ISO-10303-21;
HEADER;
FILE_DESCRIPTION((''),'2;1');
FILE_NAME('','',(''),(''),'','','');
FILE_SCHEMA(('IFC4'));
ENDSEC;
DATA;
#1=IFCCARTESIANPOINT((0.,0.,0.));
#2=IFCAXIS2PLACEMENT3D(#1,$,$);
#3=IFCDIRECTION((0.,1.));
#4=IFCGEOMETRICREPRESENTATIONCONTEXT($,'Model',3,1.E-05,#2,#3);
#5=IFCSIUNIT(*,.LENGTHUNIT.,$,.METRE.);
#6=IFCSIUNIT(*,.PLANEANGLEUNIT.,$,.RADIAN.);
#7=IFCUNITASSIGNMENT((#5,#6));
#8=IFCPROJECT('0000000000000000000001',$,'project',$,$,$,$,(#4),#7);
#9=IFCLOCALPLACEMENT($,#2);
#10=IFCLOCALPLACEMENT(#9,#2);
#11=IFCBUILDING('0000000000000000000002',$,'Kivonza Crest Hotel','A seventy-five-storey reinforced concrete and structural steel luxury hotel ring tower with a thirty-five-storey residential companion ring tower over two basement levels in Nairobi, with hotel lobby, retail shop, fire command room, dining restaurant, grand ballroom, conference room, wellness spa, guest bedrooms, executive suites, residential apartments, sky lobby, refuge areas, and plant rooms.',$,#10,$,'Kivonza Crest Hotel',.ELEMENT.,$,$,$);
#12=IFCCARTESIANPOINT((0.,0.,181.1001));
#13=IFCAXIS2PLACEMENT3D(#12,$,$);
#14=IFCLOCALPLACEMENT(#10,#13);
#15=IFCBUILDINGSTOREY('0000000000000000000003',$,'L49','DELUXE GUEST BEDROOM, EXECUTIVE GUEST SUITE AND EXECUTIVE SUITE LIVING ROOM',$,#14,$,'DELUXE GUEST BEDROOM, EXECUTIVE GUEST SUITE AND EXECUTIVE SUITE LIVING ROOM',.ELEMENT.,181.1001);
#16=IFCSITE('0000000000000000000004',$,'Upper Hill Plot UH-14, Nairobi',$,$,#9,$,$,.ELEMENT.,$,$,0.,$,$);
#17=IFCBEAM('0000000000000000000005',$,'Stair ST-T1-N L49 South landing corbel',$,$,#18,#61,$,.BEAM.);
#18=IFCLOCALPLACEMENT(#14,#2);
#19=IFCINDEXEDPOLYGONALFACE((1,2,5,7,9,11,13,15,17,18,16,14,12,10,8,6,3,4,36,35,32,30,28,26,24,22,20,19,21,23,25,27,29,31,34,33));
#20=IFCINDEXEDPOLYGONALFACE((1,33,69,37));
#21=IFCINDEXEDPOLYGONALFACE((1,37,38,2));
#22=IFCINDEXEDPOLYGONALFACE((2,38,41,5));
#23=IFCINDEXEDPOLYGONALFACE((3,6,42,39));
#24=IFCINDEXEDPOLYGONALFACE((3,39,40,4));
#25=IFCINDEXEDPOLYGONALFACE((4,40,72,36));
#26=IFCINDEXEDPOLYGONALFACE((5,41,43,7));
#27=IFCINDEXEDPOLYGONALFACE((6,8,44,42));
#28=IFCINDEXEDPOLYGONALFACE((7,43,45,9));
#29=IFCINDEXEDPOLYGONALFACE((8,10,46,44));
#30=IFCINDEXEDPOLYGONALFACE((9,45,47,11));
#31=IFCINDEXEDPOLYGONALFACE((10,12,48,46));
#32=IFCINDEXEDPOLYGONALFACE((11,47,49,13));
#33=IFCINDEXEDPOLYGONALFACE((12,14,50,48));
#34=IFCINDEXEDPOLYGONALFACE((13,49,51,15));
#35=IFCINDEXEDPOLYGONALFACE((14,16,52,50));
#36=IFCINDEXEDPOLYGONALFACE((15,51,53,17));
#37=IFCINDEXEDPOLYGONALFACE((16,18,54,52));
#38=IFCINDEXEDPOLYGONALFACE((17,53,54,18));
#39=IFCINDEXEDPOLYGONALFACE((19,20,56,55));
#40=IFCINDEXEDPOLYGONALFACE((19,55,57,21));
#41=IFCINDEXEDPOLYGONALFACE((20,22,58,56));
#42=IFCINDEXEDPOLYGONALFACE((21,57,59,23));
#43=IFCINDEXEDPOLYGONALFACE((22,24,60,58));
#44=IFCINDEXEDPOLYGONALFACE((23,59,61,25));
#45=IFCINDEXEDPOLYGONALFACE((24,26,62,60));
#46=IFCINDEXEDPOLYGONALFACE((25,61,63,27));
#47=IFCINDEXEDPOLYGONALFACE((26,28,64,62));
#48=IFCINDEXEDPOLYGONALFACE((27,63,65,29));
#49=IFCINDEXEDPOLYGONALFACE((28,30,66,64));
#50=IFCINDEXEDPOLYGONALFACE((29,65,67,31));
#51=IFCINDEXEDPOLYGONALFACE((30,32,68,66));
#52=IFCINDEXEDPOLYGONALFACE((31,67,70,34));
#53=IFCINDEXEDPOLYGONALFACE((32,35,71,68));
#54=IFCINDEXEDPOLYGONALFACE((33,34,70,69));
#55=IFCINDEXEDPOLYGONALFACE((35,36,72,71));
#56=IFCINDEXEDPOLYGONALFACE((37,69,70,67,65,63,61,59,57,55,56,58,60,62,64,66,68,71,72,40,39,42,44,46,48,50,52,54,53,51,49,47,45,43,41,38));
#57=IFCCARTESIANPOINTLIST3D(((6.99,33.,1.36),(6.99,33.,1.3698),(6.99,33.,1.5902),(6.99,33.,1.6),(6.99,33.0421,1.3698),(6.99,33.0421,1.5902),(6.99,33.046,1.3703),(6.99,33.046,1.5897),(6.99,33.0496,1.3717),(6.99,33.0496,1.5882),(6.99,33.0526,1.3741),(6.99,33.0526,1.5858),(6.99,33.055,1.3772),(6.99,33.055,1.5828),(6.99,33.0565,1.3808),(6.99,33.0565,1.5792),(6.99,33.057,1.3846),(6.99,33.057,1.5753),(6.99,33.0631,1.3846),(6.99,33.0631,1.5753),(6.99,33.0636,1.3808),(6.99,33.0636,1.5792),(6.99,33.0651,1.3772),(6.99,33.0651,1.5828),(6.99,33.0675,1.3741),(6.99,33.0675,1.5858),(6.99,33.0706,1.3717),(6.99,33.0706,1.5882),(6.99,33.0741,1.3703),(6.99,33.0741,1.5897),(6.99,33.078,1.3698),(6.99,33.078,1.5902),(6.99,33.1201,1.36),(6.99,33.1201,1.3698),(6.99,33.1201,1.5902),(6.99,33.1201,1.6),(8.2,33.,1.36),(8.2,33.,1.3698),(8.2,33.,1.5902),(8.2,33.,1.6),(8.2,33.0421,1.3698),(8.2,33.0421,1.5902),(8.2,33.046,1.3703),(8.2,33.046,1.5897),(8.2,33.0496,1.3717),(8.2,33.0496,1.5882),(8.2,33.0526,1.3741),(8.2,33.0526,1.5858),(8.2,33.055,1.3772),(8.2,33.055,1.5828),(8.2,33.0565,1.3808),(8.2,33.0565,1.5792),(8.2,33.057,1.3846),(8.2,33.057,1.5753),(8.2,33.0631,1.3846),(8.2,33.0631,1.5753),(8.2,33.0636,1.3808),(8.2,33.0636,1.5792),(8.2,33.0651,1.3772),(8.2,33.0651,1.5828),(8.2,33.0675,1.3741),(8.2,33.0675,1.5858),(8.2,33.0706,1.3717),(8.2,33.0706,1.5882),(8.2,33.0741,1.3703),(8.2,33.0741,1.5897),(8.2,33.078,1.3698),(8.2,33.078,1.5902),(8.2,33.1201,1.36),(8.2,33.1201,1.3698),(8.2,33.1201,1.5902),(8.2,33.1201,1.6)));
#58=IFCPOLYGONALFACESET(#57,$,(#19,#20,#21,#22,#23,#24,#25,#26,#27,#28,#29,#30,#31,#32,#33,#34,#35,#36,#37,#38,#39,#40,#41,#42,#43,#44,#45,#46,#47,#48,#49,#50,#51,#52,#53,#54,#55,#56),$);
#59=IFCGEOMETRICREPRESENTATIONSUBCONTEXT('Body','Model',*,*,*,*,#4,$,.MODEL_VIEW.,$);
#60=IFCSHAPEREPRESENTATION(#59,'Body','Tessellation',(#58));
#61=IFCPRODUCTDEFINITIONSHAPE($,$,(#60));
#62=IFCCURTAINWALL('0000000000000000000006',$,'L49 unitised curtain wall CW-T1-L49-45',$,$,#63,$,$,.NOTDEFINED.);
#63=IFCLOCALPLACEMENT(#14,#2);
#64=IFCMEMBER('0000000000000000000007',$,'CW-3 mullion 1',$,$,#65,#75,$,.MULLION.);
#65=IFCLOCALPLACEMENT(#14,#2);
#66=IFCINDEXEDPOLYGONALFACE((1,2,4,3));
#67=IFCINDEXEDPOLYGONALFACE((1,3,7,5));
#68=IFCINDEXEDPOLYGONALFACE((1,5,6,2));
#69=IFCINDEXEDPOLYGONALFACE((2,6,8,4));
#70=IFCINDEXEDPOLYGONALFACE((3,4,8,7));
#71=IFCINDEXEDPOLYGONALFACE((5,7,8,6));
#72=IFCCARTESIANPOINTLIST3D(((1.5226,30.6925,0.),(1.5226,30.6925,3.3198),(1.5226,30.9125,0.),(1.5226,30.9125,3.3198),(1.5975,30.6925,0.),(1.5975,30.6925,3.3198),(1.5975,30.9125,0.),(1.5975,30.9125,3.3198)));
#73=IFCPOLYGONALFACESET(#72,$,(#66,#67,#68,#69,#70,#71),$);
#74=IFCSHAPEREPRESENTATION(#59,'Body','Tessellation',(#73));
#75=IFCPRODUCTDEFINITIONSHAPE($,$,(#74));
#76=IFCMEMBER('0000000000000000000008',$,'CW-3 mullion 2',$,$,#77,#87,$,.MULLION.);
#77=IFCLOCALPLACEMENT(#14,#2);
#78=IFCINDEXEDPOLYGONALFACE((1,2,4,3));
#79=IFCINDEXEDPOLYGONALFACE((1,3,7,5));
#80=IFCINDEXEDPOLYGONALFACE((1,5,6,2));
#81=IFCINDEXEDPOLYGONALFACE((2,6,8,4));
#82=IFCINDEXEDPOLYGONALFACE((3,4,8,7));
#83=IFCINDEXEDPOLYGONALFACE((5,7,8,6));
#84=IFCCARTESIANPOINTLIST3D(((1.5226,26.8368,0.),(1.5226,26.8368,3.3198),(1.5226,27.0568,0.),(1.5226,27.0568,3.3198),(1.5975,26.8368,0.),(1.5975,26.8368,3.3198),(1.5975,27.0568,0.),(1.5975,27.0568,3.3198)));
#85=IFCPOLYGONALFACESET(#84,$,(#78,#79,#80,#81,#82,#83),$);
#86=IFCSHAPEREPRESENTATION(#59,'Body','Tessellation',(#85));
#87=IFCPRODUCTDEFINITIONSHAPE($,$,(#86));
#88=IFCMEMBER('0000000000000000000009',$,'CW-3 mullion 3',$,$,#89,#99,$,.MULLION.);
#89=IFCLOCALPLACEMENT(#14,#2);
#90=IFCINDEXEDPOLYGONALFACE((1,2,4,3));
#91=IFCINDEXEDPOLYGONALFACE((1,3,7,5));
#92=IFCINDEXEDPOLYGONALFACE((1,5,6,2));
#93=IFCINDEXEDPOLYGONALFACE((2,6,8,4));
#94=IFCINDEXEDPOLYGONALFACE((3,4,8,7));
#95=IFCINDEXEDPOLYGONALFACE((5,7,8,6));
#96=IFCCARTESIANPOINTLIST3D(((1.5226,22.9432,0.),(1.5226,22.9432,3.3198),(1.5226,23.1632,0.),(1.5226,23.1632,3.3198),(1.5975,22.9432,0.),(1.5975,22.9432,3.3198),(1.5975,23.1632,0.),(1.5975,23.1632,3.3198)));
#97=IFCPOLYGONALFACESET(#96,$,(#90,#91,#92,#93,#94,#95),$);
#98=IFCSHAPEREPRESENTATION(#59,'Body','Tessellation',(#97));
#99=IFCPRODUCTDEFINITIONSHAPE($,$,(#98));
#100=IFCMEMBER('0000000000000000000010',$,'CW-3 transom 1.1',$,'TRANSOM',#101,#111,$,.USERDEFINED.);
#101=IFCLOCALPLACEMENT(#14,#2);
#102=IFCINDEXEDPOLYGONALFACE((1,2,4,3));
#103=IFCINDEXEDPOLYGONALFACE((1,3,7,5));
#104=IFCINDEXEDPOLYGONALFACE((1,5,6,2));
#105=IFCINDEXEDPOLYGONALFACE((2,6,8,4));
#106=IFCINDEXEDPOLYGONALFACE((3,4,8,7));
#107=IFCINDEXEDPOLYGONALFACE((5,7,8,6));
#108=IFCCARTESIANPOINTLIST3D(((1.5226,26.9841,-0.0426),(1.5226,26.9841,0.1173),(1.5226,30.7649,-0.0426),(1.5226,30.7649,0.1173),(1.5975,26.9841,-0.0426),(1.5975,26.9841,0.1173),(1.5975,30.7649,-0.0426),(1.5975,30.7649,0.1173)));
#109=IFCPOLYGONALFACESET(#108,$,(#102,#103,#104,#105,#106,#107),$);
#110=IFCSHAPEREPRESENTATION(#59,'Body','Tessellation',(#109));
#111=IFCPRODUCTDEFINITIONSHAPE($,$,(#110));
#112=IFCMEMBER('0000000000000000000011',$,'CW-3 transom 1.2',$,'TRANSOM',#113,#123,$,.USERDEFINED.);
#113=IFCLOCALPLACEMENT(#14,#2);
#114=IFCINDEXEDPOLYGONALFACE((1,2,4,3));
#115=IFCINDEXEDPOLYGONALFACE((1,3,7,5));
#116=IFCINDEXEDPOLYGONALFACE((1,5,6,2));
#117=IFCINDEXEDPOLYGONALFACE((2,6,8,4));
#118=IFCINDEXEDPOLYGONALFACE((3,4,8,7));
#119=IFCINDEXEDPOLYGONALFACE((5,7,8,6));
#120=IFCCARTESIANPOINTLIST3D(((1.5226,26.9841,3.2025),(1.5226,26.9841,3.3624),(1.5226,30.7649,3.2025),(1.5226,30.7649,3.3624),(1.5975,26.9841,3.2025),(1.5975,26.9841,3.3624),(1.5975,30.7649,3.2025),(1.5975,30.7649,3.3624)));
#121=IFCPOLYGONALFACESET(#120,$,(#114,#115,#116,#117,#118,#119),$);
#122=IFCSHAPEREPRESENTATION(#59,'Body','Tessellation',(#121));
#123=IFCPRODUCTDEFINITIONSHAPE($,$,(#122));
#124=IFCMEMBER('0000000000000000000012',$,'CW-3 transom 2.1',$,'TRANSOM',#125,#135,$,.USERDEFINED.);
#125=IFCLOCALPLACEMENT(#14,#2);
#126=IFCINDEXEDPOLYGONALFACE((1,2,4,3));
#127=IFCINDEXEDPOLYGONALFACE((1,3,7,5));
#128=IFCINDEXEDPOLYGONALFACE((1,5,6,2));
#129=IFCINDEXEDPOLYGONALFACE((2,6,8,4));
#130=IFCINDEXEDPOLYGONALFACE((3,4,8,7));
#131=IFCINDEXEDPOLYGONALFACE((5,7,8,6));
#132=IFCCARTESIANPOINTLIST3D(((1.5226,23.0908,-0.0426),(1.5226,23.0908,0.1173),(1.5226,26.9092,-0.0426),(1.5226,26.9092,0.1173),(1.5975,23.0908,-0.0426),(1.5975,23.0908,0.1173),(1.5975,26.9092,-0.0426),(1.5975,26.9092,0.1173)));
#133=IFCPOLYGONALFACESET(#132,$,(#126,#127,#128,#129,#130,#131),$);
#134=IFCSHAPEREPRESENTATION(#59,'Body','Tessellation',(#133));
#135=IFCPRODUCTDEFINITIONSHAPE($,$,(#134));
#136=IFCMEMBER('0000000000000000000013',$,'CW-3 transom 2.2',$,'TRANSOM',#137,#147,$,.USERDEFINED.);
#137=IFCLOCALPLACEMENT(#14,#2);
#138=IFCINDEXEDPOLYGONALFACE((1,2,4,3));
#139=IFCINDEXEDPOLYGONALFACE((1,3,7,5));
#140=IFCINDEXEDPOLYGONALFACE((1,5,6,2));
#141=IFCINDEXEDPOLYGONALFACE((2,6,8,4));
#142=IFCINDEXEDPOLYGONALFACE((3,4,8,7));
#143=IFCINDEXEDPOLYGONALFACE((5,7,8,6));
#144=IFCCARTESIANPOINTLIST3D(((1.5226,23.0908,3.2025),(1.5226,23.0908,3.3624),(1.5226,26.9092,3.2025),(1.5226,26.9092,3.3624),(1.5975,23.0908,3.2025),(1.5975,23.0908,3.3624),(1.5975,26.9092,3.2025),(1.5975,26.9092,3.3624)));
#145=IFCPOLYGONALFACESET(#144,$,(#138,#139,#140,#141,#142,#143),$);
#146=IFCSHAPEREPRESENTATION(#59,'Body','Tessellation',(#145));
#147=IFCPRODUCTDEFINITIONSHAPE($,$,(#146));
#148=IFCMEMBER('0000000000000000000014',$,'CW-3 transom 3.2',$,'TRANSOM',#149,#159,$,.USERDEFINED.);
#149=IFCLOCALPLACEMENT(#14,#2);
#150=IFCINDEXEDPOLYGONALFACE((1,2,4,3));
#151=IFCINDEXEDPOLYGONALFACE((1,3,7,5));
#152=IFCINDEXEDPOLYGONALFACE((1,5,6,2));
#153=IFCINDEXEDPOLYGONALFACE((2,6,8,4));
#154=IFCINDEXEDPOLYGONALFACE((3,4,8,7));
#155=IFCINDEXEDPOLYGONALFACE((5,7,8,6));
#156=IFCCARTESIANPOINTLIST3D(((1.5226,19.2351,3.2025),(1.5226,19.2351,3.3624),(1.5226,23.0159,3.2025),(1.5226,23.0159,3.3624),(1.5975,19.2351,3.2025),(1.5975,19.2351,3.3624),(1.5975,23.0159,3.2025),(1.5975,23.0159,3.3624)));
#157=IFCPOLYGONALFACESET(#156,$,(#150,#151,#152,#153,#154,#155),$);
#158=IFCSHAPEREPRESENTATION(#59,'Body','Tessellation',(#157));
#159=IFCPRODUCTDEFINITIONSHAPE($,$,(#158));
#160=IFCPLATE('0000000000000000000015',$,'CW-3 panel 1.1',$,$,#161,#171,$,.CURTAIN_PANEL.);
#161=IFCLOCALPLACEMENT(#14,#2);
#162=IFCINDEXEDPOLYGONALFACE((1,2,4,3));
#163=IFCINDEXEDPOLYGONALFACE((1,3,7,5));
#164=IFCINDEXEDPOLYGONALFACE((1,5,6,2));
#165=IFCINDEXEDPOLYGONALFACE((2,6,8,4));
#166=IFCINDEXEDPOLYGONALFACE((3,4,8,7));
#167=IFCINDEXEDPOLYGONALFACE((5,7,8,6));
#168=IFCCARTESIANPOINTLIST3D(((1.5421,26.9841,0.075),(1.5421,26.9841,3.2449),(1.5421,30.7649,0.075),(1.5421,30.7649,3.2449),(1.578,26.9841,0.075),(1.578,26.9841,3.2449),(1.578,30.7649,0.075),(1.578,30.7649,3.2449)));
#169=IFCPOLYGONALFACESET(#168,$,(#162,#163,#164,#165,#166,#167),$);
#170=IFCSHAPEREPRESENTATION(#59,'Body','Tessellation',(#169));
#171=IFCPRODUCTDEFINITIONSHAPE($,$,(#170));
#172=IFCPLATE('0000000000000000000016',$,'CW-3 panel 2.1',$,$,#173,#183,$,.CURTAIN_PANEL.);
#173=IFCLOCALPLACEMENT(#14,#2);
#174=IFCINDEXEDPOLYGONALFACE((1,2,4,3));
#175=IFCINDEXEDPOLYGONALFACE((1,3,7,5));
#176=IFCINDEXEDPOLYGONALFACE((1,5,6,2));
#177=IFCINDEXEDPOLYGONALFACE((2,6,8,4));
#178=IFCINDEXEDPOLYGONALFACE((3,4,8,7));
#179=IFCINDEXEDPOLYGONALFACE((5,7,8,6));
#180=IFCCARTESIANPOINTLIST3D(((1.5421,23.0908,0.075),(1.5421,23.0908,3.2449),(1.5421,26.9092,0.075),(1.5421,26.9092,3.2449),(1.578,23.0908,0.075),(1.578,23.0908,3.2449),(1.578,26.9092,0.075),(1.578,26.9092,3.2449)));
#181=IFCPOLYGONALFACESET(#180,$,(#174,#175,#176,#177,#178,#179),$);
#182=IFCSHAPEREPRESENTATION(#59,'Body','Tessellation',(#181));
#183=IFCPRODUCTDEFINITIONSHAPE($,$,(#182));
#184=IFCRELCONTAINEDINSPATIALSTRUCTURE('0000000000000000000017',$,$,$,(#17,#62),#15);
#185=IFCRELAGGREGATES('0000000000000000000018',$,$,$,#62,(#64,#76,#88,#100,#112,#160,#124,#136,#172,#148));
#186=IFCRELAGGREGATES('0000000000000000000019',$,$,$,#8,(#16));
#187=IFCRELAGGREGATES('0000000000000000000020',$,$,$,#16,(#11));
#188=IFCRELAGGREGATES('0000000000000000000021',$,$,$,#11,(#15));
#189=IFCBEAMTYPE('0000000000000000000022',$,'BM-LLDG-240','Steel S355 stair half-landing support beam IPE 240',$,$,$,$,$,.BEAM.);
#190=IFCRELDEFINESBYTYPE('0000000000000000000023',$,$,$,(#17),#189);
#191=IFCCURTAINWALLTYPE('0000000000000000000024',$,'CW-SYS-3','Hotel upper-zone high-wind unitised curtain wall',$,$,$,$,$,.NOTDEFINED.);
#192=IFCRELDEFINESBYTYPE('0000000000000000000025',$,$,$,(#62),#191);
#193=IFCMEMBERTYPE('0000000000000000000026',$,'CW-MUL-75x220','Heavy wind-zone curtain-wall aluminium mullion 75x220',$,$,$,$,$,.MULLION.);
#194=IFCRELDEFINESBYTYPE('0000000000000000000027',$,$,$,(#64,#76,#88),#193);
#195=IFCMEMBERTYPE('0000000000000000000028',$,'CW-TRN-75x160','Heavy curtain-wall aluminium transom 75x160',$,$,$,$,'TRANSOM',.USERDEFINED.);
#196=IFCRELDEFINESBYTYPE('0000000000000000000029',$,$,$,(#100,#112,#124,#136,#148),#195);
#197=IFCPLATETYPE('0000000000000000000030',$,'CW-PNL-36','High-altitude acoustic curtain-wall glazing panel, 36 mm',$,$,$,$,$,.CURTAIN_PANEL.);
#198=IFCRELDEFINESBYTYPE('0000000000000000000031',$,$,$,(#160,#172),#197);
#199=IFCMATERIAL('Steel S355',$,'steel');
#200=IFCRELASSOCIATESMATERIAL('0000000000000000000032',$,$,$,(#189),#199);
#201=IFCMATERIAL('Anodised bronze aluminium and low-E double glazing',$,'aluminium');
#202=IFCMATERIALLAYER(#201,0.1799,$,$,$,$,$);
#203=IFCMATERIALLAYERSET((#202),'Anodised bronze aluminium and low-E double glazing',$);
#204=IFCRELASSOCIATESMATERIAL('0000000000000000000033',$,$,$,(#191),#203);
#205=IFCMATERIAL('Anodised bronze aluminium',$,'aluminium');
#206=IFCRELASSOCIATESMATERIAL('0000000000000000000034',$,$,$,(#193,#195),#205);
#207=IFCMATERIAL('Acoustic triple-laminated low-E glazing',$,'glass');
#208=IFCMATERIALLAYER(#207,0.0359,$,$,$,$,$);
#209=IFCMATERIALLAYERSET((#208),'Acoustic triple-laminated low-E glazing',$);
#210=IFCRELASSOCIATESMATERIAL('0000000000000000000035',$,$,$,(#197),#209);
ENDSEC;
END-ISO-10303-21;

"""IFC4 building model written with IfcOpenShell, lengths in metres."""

from ifc_helpers import new_model, si_unit, direction, frame, origin, origin_2d, place, context, subcontext, project, spatial, rectangle, i_section, extrude, material, layer, layer_set, material_profile, profile_set, type_object, element, aggregate, save


model = new_model("IFC4")

# Units and contexts
model_context = context("Model", 3, precision=1e-05, world=origin(), true_north=direction((0.0, 1.0)))
body_context = subcontext(model_context, "Body", "Model", "MODEL_VIEW")
ifc_project = project(units=[si_unit("LENGTHUNIT", "METRE"), si_unit("PLANEANGLEUNIT", "RADIAN")], contexts=[model_context])

# Site, building, storey
site_placement = place(None, origin())
site = spatial("IfcSite", under=ifc_project, at=site_placement, Name="Upper Hill Plot UH-14, Nairobi", CompositionType="ELEMENT", RefElevation=0.0)
building_placement = place(site_placement, origin())
building = spatial("IfcBuilding", under=site, at=building_placement, Name="Kivonza Crest Hotel", Description="A seventy-five-storey reinforced concrete and structural steel luxury hotel ring tower with a thirty-five-storey residential companion ring tower over two basement levels in Nairobi, with hotel lobby, retail shop, fire command room, dining restaurant, grand ballroom, conference room, wellness spa, guest bedrooms, executive suites, residential apartments, sky lobby, refuge areas, and plant rooms.", LongName="Kivonza Crest Hotel", CompositionType="ELEMENT")
storey_placement = place(building_placement, frame((0.0, 0.0, 181.1001)))
storey = spatial("IfcBuildingStorey", under=building, at=storey_placement, Name="L49", Description="DELUXE GUEST BEDROOM, EXECUTIVE GUEST SUITE AND EXECUTIVE SUITE LIVING ROOM", LongName="DELUXE GUEST BEDROOM, EXECUTIVE GUEST SUITE AND EXECUTIVE SUITE LIVING ROOM", CompositionType="ELEMENT", Elevation=181.1001)

# Beam
ifc_material_1 = material(Name="Steel S355", Category="steel")
ifc_material_profile_1 = material_profile(ifc_material_1, i_section(OverallWidth=0.1201, OverallDepth=0.24, WebThickness=0.0061, FlangeThickness=0.0098, FilletRadius=0.0149, at=origin_2d()), Name="IPE 240")
ifc_profile_set_1 = profile_set([ifc_material_profile_1], Name="Steel S355")
beam_type_1 = type_object("IfcBeamType", Name="BM-LLDG-240", Description="Steel S355 stair half-landing support beam IPE 240", PredefinedType="BEAM", material=ifc_profile_set_1)
beam_1_placement = place(storey_placement, frame((6.99, 33.0601, 1.48), z_axis=(1.0, 0.0, 0.0), x_axis=(0.0, 1.0, 0.0)))
element("IfcBeam", 1, at=beam_1_placement, inside=storey, type_object=beam_type_1, Name="Stair ST-T1-N L49 South landing corbel", PredefinedType="BEAM", context=body_context, shape_type="SweptSolid", body=[
    extrude(i_section(OverallWidth=0.1201, OverallDepth=0.24, WebThickness=0.0061, FlangeThickness=0.0098, FilletRadius=0.0149, at=origin_2d()), origin(), (0.0, 0.0, 1.0), 1.21),
])

# Curtain wall, members, plates
ifc_material_2 = material(Name="Anodised bronze aluminium and low-E double glazing", Category="aluminium")
ifc_layer_1 = layer(ifc_material_2, 0.1799)
ifc_layer_set_1 = layer_set([ifc_layer_1], Name="Anodised bronze aluminium and low-E double glazing")
curtain_wall_type = type_object("IfcCurtainWallType", Name="CW-SYS-3", Description="Hotel upper-zone high-wind unitised curtain wall", PredefinedType="NOTDEFINED", material=ifc_layer_set_1)
curtain_wall_placement = place(storey_placement, origin())
curtain_wall = element("IfcCurtainWall", 2, at=curtain_wall_placement, inside=storey, type_object=curtain_wall_type, Name="L49 unitised curtain wall CW-T1-L49-45", PredefinedType="NOTDEFINED")
ifc_material_3 = material(Name="Anodised bronze aluminium", Category="aluminium")
ifc_material_profile_2 = material_profile(ifc_material_3, rectangle(XDim=0.075, YDim=0.22, at=origin_2d()), Name="CW-M 75x220")
ifc_profile_set_2 = profile_set([ifc_material_profile_2], Name="Anodised bronze aluminium")
member_type_1 = type_object("IfcMemberType", Name="CW-MUL-75x220", Description="Heavy wind-zone curtain-wall aluminium mullion 75x220", PredefinedType="MULLION", material=ifc_profile_set_2)
member_1_placement = place(storey_placement, frame((1.5601, 30.8025, 0.0), z_axis=(0.0, 0.0, 1.0), x_axis=(1.0, 0.0, 0.0)))
member_1 = element("IfcMember", 3, at=member_1_placement, type_object=member_type_1, Name="CW-3 mullion 1", PredefinedType="MULLION", context=body_context, shape_type="SweptSolid", body=[
    extrude(rectangle(XDim=0.075, YDim=0.22, at=origin_2d()), origin(), (0.0, 0.0, 1.0), 3.3198),
])
member_2_placement = place(storey_placement, frame((1.5601, 26.9468, 0.0), z_axis=(0.0, 0.0, 1.0), x_axis=(1.0, 0.0, 0.0)))
member_2 = element("IfcMember", 4, at=member_2_placement, type_object=member_type_1, Name="CW-3 mullion 2", PredefinedType="MULLION", context=body_context, shape_type="SweptSolid", body=[
    extrude(rectangle(XDim=0.075, YDim=0.22, at=origin_2d()), origin(), (0.0, 0.0, 1.0), 3.3198),
])
member_3_placement = place(storey_placement, frame((1.5601, 23.0532, 0.0), z_axis=(0.0, 0.0, 1.0), x_axis=(1.0, 0.0, 0.0)))
member_3 = element("IfcMember", 5, at=member_3_placement, type_object=member_type_1, Name="CW-3 mullion 3", PredefinedType="MULLION", context=body_context, shape_type="SweptSolid", body=[
    extrude(rectangle(XDim=0.075, YDim=0.22, at=origin_2d()), origin(), (0.0, 0.0, 1.0), 3.3198),
])
ifc_material_profile_3 = material_profile(ifc_material_3, rectangle(XDim=0.075, YDim=0.1599, at=origin_2d()), Name="CW-T 75x160")
ifc_profile_set_3 = profile_set([ifc_material_profile_3], Name="Anodised bronze aluminium")
member_type_2 = type_object("IfcMemberType", Name="CW-TRN-75x160", Description="Heavy curtain-wall aluminium transom 75x160", ElementType="TRANSOM", PredefinedType="USERDEFINED", material=ifc_profile_set_3)
member_4_placement = place(storey_placement, frame((1.5601, 30.7649, 0.0374), z_axis=(0.0, -1.0, 0.0), x_axis=(1.0, 0.0, 0.0)))
member_4 = element("IfcMember", 6, at=member_4_placement, type_object=member_type_2, Name="CW-3 transom 1.1", ObjectType="TRANSOM", PredefinedType="USERDEFINED", context=body_context, shape_type="SweptSolid", body=[
    extrude(rectangle(XDim=0.075, YDim=0.1599, at=origin_2d()), origin(), (0.0, 0.0, 1.0), 3.7808),
])
member_5_placement = place(storey_placement, frame((1.5601, 30.7649, 3.2825), z_axis=(0.0, -1.0, 0.0), x_axis=(1.0, 0.0, 0.0)))
member_5 = element("IfcMember", 7, at=member_5_placement, type_object=member_type_2, Name="CW-3 transom 1.2", ObjectType="TRANSOM", PredefinedType="USERDEFINED", context=body_context, shape_type="SweptSolid", body=[
    extrude(rectangle(XDim=0.075, YDim=0.1599, at=origin_2d()), origin(), (0.0, 0.0, 1.0), 3.7808),
])
member_6_placement = place(storey_placement, frame((1.5601, 26.9092, 0.0374), z_axis=(0.0, -1.0, 0.0), x_axis=(1.0, 0.0, 0.0)))
member_6 = element("IfcMember", 8, at=member_6_placement, type_object=member_type_2, Name="CW-3 transom 2.1", ObjectType="TRANSOM", PredefinedType="USERDEFINED", context=body_context, shape_type="SweptSolid", body=[
    extrude(rectangle(XDim=0.075, YDim=0.1599, at=origin_2d()), origin(), (0.0, 0.0, 1.0), 3.8184),
])
member_7_placement = place(storey_placement, frame((1.5601, 26.9092, 3.2825), z_axis=(0.0, -1.0, 0.0), x_axis=(1.0, 0.0, 0.0)))
member_7 = element("IfcMember", 9, at=member_7_placement, type_object=member_type_2, Name="CW-3 transom 2.2", ObjectType="TRANSOM", PredefinedType="USERDEFINED", context=body_context, shape_type="SweptSolid", body=[
    extrude(rectangle(XDim=0.075, YDim=0.1599, at=origin_2d()), origin(), (0.0, 0.0, 1.0), 3.8184),
])
member_8_placement = place(storey_placement, frame((1.5601, 23.0159, 3.2825), z_axis=(0.0, -1.0, 0.0), x_axis=(1.0, 0.0, 0.0)))
member_8 = element("IfcMember", 10, at=member_8_placement, type_object=member_type_2, Name="CW-3 transom 3.2", ObjectType="TRANSOM", PredefinedType="USERDEFINED", context=body_context, shape_type="SweptSolid", body=[
    extrude(rectangle(XDim=0.075, YDim=0.1599, at=origin_2d()), origin(), (0.0, 0.0, 1.0), 3.7808),
])
ifc_material_4 = material(Name="Acoustic triple-laminated low-E glazing", Category="glass")
ifc_layer_2 = layer(ifc_material_4, 0.0359)
ifc_layer_set_2 = layer_set([ifc_layer_2], Name="Acoustic triple-laminated low-E glazing")
plate_type = type_object("IfcPlateType", Name="CW-PNL-36", Description="High-altitude acoustic curtain-wall glazing panel, 36 mm", PredefinedType="CURTAIN_PANEL", material=ifc_layer_set_2)
plate_1_placement = place(storey_placement, frame((1.5601, 28.8745, 0.075), z_axis=(0.0, 0.0, 1.0), x_axis=(0.0, -1.0, 0.0)))
plate_1 = element("IfcPlate", 11, at=plate_1_placement, type_object=plate_type, Name="CW-3 panel 1.1", PredefinedType="CURTAIN_PANEL", context=body_context, shape_type="SweptSolid", body=[
    extrude(rectangle(XDim=3.7808, YDim=0.0359, at=origin_2d()), origin(), (0.0, 0.0, 1.0), 3.1699),
])
plate_2_placement = place(storey_placement, frame((1.5601, 25.0, 0.075), z_axis=(0.0, 0.0, 1.0), x_axis=(0.0, -1.0, 0.0)))
plate_2 = element("IfcPlate", 12, at=plate_2_placement, type_object=plate_type, Name="CW-3 panel 2.1", PredefinedType="CURTAIN_PANEL", context=body_context, shape_type="SweptSolid", body=[
    extrude(rectangle(XDim=3.8184, YDim=0.0359, at=origin_2d()), origin(), (0.0, 0.0, 1.0), 3.1699),
])
aggregate(curtain_wall, [member_1, member_2, member_3, member_4, member_5, plate_1, member_6, member_7, plate_2, member_8])

save(model, "model.ifc")
